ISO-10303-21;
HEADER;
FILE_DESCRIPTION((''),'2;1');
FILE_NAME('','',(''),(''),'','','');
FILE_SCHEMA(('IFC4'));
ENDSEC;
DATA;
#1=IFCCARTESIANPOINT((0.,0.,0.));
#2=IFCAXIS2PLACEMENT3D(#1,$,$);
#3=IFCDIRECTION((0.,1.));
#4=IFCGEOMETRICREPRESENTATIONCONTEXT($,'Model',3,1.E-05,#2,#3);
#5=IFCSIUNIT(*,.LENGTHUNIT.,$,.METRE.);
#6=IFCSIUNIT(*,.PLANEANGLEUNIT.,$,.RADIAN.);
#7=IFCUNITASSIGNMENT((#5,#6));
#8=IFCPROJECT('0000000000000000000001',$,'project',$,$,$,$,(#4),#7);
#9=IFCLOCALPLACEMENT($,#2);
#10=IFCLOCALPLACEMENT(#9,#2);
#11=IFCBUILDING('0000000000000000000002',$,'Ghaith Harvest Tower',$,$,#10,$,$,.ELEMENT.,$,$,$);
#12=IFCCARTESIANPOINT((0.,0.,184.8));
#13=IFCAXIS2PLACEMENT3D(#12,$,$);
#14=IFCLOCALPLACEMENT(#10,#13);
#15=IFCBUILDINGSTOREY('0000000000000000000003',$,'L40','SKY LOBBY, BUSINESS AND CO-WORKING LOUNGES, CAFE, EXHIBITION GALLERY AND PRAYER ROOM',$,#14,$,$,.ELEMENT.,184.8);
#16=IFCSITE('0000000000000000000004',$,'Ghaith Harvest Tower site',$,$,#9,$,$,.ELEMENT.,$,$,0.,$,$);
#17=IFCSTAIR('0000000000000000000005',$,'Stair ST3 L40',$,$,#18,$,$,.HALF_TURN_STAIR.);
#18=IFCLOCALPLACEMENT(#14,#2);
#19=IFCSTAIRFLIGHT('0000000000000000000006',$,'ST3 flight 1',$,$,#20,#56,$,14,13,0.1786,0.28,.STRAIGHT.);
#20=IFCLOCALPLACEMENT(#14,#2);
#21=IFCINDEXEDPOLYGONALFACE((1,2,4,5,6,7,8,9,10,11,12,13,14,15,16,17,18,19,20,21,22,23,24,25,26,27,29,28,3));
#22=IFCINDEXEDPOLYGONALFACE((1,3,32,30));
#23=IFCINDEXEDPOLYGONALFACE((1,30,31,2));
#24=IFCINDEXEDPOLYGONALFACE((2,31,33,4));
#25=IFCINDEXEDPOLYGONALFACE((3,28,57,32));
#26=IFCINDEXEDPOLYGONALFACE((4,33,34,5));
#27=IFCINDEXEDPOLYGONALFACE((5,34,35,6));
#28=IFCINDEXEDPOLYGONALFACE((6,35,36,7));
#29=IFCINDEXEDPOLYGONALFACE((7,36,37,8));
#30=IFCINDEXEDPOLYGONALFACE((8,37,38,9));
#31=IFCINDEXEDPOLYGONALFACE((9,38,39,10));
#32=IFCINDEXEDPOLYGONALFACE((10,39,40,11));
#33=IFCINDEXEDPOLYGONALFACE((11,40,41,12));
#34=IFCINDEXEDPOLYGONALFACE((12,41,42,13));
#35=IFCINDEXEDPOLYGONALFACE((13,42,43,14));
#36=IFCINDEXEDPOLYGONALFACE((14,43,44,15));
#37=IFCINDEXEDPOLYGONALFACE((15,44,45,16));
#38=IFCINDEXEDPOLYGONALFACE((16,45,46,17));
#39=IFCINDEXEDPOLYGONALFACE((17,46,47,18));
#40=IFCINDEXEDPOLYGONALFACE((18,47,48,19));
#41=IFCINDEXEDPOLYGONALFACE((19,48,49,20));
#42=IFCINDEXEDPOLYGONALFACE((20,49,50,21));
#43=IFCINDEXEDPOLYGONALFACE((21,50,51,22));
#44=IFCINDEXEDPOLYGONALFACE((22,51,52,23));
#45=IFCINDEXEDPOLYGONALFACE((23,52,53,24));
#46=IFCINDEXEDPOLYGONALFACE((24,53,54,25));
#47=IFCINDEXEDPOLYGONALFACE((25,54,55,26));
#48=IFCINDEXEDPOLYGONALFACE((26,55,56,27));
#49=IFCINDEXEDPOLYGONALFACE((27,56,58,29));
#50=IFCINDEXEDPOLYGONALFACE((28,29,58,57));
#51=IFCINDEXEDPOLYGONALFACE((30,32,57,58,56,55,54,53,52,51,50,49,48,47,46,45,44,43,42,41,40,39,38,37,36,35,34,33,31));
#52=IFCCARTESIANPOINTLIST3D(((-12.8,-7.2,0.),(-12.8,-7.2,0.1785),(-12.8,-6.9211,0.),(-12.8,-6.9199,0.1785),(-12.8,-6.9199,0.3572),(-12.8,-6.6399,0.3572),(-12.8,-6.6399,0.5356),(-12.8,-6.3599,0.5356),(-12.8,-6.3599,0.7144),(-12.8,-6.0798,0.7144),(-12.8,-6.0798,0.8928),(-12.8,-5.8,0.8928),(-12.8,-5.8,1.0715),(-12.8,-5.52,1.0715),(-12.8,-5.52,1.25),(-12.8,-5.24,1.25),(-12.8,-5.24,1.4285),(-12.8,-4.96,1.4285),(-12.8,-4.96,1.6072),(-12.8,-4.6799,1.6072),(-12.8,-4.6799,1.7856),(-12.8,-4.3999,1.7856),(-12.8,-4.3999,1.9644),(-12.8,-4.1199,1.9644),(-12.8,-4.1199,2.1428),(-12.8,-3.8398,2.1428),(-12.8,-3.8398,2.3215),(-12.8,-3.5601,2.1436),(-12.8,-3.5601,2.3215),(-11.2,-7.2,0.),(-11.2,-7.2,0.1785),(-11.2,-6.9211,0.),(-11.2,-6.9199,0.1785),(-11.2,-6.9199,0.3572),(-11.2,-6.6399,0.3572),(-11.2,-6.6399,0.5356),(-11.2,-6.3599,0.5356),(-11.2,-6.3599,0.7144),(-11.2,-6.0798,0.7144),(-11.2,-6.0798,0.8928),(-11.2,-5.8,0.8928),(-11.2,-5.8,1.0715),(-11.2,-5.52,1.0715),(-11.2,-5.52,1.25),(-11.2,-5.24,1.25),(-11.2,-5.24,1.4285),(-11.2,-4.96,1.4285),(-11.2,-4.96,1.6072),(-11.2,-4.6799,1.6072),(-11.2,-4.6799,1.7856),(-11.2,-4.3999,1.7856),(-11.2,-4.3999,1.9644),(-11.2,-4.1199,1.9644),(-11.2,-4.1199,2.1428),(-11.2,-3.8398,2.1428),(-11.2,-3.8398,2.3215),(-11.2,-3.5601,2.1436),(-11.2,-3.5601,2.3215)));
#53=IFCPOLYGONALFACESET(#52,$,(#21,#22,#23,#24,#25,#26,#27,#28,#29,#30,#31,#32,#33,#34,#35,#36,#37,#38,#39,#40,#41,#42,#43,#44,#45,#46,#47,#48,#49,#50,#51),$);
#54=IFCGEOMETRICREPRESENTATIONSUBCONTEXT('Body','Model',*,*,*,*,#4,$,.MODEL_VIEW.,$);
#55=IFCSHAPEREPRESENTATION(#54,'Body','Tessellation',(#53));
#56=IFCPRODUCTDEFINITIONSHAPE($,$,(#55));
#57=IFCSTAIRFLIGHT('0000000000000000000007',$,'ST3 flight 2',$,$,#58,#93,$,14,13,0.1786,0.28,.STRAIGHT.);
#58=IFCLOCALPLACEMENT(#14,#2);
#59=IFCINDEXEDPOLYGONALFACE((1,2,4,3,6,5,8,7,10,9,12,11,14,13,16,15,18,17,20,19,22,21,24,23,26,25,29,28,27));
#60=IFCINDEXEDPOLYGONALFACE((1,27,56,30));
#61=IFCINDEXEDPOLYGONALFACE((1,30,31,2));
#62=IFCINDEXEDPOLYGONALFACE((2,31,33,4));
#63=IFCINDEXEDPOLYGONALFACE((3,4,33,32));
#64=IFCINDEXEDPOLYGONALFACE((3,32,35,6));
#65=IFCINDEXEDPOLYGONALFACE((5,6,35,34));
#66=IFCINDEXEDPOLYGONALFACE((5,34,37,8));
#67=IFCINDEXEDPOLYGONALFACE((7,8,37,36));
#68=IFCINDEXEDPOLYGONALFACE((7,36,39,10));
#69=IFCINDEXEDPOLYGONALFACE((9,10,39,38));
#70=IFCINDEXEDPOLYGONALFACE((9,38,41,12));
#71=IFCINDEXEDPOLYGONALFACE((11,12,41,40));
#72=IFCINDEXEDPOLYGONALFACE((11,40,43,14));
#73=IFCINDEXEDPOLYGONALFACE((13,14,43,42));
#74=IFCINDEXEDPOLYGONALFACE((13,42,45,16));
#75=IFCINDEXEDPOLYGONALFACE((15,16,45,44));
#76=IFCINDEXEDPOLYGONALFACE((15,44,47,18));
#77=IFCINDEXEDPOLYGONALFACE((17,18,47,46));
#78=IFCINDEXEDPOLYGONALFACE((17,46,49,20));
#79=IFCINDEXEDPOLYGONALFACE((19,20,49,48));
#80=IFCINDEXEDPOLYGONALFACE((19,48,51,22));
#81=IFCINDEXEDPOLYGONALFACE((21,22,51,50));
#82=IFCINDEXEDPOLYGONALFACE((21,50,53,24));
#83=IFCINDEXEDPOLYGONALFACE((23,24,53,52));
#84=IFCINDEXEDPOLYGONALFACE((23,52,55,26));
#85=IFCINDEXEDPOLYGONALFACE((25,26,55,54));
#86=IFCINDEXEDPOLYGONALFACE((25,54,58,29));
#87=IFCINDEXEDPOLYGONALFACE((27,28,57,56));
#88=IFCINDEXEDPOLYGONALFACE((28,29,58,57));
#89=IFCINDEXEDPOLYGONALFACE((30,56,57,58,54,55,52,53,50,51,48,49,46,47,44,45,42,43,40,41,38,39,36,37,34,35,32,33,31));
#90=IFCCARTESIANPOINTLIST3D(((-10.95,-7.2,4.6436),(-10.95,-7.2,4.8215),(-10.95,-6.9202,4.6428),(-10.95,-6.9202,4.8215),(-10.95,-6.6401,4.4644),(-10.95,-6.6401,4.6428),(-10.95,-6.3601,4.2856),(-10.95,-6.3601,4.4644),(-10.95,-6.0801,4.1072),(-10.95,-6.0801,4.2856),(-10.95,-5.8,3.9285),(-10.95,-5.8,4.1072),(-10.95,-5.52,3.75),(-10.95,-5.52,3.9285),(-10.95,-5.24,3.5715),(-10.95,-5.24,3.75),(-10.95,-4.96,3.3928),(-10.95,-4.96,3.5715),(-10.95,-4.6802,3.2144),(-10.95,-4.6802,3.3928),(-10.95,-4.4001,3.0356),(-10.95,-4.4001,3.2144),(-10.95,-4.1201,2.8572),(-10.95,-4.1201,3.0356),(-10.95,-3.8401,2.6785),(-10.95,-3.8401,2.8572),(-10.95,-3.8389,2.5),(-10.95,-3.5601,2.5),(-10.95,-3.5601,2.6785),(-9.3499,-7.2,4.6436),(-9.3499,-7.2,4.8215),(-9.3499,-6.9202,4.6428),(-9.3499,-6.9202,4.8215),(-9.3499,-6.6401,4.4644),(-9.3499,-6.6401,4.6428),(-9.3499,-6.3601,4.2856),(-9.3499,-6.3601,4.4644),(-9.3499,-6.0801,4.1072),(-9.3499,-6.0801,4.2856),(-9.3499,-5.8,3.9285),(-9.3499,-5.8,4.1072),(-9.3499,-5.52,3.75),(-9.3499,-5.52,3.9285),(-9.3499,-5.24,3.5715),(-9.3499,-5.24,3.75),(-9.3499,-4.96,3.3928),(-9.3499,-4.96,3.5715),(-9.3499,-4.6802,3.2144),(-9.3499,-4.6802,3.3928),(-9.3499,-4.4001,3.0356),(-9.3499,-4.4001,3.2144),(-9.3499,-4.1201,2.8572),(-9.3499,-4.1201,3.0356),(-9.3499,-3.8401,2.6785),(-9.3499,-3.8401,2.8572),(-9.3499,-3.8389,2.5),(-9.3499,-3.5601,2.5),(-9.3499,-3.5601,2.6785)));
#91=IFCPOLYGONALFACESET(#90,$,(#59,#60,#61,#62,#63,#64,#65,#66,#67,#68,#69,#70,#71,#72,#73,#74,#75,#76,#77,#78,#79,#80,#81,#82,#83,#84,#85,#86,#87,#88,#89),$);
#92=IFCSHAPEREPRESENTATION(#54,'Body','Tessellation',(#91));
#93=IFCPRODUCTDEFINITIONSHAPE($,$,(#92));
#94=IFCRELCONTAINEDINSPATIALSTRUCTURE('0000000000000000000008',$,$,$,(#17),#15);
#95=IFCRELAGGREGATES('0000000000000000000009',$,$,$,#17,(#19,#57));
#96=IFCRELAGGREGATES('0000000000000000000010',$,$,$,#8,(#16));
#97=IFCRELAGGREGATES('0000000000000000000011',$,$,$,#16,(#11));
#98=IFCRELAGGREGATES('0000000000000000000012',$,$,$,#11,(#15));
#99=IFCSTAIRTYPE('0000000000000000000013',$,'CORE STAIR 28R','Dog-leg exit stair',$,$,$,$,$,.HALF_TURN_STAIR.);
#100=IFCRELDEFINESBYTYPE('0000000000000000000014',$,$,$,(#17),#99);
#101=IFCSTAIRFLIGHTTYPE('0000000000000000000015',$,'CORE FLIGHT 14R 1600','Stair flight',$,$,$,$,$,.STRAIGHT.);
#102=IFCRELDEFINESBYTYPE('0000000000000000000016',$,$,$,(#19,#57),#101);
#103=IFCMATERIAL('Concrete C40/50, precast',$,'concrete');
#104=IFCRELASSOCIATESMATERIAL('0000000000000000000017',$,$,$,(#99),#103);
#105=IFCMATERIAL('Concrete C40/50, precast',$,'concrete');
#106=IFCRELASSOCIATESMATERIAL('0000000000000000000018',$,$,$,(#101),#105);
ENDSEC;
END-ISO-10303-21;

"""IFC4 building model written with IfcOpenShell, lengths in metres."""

from ifc_helpers import new_model, si_unit, direction, frame, origin, place, context, subcontext, project, spatial, polyline, outline, extrude, material, type_object, element, aggregate, save


model = new_model("IFC4")

# Units and contexts
model_context = context("Model", 3, precision=1e-05, world=origin(), true_north=direction((0.0, 1.0)))
body_context = subcontext(model_context, "Body", "Model", "MODEL_VIEW")
ifc_project = project(units=[si_unit("LENGTHUNIT", "METRE"), si_unit("PLANEANGLEUNIT", "RADIAN")], contexts=[model_context])

# Site, building, storey
site_placement = place(None, origin())
site = spatial("IfcSite", under=ifc_project, at=site_placement, Name="Ghaith Harvest Tower site", CompositionType="ELEMENT", RefElevation=0.0)
building_placement = place(site_placement, origin())
building = spatial("IfcBuilding", under=site, at=building_placement, Name="Ghaith Harvest Tower", CompositionType="ELEMENT")
storey_placement = place(building_placement, frame((0.0, 0.0, 184.8)))
storey = spatial("IfcBuildingStorey", under=building, at=storey_placement, Name="L40", Description="SKY LOBBY, BUSINESS AND CO-WORKING LOUNGES, CAFE, EXHIBITION GALLERY AND PRAYER ROOM", CompositionType="ELEMENT", Elevation=184.8)

# Stair, stair flights
ifc_material_1 = material(Name="Concrete C40/50, precast", Category="concrete")
stair_type = type_object("IfcStairType", Name="CORE STAIR 28R", Description="Dog-leg exit stair", PredefinedType="HALF_TURN_STAIR", material=ifc_material_1)
stair_placement = place(storey_placement, origin())
stair = element("IfcStair", 1, at=stair_placement, inside=storey, type_object=stair_type, Name="Stair ST3 L40", PredefinedType="HALF_TURN_STAIR")
ifc_material_2 = material(Name="Concrete C40/50, precast", Category="concrete")
stair_flight_type = type_object("IfcStairFlightType", Name="CORE FLIGHT 14R 1600", Description="Stair flight", PredefinedType="STRAIGHT", material=ifc_material_2)
stair_flight_1_placement = place(storey_placement, frame((-12.0, -7.2, 0.0), z_axis=(0.0, 0.0, 1.0), x_axis=(0.0, 1.0, 0.0)))
stair_flight_1 = element("IfcStairFlight", 2, at=stair_flight_1_placement, type_object=stair_flight_type, Name="ST3 flight 1", NumberOfRisers=14, NumberOfTreads=13, PredefinedType="STRAIGHT", RiserHeight=0.1786, TreadLength=0.28, context=body_context, shape_type="SweptSolid", body=[
    extrude(outline(polyline([(0.0, 0.0), (0.0, 0.1785), (0.28, 0.1785), (0.28, 0.3572), (0.5601, 0.3572), (0.5601, 0.5356), (0.8401, 0.5356), (0.8401, 0.7144), (1.1201, 0.7144), (1.1201, 0.8928), (1.3999, 0.8928), (1.3999, 1.0715), (1.6799, 1.0715), (1.6799, 1.25), (1.96, 1.25), (1.96, 1.4285), (2.24, 1.4285), (2.24, 1.6072), (2.52, 1.6072), (2.52, 1.7856), (2.8, 1.7856), (2.8, 1.9644), (3.0801, 1.9644), (3.0801, 2.1428), (3.3601, 2.1428), (3.3601, 2.3215), (3.6399, 2.3215), (3.6399, 2.5), (3.6399, 2.1436), (0.2788, 0.0), (0.0, 0.0)])), frame((0.0, 0.8, 0.0), z_axis=(0.0, -1.0, 0.0), x_axis=(1.0, 0.0, 0.0)), (0.0, 0.0, 1.0), 1.6001),
])
stair_flight_2_placement = place(storey_placement, frame((-10.1499, -3.5601, 2.5), z_axis=(0.0, 0.0, 1.0), x_axis=(0.0, -1.0, 0.0)))
stair_flight_2 = element("IfcStairFlight", 3, at=stair_flight_2_placement, type_object=stair_flight_type, Name="ST3 flight 2", NumberOfRisers=14, NumberOfTreads=13, PredefinedType="STRAIGHT", RiserHeight=0.1786, TreadLength=0.28, context=body_context, shape_type="SweptSolid", body=[
    extrude(outline(polyline([(0.0, 0.0), (0.0, 0.1785), (0.28, 0.1785), (0.28, 0.3572), (0.5601, 0.3572), (0.5601, 0.5356), (0.8401, 0.5356), (0.8401, 0.7144), (1.1201, 0.7144), (1.1201, 0.8928), (1.3999, 0.8928), (1.3999, 1.0715), (1.6799, 1.0715), (1.6799, 1.25), (1.96, 1.25), (1.96, 1.4285), (2.24, 1.4285), (2.24, 1.6072), (2.52, 1.6072), (2.52, 1.7856), (2.8, 1.7856), (2.8, 1.9644), (3.0801, 1.9644), (3.0801, 2.1428), (3.3601, 2.1428), (3.3601, 2.3215), (3.6399, 2.3215), (3.6399, 2.5), (3.6399, 2.1436), (0.2788, 0.0), (0.0, 0.0)])), frame((0.0, 0.8, 0.0), z_axis=(0.0, -1.0, 0.0), x_axis=(1.0, 0.0, 0.0)), (0.0, 0.0, 1.0), 1.6001),
])
aggregate(stair, [stair_flight_1, stair_flight_2])

save(model, "model.ifc")
